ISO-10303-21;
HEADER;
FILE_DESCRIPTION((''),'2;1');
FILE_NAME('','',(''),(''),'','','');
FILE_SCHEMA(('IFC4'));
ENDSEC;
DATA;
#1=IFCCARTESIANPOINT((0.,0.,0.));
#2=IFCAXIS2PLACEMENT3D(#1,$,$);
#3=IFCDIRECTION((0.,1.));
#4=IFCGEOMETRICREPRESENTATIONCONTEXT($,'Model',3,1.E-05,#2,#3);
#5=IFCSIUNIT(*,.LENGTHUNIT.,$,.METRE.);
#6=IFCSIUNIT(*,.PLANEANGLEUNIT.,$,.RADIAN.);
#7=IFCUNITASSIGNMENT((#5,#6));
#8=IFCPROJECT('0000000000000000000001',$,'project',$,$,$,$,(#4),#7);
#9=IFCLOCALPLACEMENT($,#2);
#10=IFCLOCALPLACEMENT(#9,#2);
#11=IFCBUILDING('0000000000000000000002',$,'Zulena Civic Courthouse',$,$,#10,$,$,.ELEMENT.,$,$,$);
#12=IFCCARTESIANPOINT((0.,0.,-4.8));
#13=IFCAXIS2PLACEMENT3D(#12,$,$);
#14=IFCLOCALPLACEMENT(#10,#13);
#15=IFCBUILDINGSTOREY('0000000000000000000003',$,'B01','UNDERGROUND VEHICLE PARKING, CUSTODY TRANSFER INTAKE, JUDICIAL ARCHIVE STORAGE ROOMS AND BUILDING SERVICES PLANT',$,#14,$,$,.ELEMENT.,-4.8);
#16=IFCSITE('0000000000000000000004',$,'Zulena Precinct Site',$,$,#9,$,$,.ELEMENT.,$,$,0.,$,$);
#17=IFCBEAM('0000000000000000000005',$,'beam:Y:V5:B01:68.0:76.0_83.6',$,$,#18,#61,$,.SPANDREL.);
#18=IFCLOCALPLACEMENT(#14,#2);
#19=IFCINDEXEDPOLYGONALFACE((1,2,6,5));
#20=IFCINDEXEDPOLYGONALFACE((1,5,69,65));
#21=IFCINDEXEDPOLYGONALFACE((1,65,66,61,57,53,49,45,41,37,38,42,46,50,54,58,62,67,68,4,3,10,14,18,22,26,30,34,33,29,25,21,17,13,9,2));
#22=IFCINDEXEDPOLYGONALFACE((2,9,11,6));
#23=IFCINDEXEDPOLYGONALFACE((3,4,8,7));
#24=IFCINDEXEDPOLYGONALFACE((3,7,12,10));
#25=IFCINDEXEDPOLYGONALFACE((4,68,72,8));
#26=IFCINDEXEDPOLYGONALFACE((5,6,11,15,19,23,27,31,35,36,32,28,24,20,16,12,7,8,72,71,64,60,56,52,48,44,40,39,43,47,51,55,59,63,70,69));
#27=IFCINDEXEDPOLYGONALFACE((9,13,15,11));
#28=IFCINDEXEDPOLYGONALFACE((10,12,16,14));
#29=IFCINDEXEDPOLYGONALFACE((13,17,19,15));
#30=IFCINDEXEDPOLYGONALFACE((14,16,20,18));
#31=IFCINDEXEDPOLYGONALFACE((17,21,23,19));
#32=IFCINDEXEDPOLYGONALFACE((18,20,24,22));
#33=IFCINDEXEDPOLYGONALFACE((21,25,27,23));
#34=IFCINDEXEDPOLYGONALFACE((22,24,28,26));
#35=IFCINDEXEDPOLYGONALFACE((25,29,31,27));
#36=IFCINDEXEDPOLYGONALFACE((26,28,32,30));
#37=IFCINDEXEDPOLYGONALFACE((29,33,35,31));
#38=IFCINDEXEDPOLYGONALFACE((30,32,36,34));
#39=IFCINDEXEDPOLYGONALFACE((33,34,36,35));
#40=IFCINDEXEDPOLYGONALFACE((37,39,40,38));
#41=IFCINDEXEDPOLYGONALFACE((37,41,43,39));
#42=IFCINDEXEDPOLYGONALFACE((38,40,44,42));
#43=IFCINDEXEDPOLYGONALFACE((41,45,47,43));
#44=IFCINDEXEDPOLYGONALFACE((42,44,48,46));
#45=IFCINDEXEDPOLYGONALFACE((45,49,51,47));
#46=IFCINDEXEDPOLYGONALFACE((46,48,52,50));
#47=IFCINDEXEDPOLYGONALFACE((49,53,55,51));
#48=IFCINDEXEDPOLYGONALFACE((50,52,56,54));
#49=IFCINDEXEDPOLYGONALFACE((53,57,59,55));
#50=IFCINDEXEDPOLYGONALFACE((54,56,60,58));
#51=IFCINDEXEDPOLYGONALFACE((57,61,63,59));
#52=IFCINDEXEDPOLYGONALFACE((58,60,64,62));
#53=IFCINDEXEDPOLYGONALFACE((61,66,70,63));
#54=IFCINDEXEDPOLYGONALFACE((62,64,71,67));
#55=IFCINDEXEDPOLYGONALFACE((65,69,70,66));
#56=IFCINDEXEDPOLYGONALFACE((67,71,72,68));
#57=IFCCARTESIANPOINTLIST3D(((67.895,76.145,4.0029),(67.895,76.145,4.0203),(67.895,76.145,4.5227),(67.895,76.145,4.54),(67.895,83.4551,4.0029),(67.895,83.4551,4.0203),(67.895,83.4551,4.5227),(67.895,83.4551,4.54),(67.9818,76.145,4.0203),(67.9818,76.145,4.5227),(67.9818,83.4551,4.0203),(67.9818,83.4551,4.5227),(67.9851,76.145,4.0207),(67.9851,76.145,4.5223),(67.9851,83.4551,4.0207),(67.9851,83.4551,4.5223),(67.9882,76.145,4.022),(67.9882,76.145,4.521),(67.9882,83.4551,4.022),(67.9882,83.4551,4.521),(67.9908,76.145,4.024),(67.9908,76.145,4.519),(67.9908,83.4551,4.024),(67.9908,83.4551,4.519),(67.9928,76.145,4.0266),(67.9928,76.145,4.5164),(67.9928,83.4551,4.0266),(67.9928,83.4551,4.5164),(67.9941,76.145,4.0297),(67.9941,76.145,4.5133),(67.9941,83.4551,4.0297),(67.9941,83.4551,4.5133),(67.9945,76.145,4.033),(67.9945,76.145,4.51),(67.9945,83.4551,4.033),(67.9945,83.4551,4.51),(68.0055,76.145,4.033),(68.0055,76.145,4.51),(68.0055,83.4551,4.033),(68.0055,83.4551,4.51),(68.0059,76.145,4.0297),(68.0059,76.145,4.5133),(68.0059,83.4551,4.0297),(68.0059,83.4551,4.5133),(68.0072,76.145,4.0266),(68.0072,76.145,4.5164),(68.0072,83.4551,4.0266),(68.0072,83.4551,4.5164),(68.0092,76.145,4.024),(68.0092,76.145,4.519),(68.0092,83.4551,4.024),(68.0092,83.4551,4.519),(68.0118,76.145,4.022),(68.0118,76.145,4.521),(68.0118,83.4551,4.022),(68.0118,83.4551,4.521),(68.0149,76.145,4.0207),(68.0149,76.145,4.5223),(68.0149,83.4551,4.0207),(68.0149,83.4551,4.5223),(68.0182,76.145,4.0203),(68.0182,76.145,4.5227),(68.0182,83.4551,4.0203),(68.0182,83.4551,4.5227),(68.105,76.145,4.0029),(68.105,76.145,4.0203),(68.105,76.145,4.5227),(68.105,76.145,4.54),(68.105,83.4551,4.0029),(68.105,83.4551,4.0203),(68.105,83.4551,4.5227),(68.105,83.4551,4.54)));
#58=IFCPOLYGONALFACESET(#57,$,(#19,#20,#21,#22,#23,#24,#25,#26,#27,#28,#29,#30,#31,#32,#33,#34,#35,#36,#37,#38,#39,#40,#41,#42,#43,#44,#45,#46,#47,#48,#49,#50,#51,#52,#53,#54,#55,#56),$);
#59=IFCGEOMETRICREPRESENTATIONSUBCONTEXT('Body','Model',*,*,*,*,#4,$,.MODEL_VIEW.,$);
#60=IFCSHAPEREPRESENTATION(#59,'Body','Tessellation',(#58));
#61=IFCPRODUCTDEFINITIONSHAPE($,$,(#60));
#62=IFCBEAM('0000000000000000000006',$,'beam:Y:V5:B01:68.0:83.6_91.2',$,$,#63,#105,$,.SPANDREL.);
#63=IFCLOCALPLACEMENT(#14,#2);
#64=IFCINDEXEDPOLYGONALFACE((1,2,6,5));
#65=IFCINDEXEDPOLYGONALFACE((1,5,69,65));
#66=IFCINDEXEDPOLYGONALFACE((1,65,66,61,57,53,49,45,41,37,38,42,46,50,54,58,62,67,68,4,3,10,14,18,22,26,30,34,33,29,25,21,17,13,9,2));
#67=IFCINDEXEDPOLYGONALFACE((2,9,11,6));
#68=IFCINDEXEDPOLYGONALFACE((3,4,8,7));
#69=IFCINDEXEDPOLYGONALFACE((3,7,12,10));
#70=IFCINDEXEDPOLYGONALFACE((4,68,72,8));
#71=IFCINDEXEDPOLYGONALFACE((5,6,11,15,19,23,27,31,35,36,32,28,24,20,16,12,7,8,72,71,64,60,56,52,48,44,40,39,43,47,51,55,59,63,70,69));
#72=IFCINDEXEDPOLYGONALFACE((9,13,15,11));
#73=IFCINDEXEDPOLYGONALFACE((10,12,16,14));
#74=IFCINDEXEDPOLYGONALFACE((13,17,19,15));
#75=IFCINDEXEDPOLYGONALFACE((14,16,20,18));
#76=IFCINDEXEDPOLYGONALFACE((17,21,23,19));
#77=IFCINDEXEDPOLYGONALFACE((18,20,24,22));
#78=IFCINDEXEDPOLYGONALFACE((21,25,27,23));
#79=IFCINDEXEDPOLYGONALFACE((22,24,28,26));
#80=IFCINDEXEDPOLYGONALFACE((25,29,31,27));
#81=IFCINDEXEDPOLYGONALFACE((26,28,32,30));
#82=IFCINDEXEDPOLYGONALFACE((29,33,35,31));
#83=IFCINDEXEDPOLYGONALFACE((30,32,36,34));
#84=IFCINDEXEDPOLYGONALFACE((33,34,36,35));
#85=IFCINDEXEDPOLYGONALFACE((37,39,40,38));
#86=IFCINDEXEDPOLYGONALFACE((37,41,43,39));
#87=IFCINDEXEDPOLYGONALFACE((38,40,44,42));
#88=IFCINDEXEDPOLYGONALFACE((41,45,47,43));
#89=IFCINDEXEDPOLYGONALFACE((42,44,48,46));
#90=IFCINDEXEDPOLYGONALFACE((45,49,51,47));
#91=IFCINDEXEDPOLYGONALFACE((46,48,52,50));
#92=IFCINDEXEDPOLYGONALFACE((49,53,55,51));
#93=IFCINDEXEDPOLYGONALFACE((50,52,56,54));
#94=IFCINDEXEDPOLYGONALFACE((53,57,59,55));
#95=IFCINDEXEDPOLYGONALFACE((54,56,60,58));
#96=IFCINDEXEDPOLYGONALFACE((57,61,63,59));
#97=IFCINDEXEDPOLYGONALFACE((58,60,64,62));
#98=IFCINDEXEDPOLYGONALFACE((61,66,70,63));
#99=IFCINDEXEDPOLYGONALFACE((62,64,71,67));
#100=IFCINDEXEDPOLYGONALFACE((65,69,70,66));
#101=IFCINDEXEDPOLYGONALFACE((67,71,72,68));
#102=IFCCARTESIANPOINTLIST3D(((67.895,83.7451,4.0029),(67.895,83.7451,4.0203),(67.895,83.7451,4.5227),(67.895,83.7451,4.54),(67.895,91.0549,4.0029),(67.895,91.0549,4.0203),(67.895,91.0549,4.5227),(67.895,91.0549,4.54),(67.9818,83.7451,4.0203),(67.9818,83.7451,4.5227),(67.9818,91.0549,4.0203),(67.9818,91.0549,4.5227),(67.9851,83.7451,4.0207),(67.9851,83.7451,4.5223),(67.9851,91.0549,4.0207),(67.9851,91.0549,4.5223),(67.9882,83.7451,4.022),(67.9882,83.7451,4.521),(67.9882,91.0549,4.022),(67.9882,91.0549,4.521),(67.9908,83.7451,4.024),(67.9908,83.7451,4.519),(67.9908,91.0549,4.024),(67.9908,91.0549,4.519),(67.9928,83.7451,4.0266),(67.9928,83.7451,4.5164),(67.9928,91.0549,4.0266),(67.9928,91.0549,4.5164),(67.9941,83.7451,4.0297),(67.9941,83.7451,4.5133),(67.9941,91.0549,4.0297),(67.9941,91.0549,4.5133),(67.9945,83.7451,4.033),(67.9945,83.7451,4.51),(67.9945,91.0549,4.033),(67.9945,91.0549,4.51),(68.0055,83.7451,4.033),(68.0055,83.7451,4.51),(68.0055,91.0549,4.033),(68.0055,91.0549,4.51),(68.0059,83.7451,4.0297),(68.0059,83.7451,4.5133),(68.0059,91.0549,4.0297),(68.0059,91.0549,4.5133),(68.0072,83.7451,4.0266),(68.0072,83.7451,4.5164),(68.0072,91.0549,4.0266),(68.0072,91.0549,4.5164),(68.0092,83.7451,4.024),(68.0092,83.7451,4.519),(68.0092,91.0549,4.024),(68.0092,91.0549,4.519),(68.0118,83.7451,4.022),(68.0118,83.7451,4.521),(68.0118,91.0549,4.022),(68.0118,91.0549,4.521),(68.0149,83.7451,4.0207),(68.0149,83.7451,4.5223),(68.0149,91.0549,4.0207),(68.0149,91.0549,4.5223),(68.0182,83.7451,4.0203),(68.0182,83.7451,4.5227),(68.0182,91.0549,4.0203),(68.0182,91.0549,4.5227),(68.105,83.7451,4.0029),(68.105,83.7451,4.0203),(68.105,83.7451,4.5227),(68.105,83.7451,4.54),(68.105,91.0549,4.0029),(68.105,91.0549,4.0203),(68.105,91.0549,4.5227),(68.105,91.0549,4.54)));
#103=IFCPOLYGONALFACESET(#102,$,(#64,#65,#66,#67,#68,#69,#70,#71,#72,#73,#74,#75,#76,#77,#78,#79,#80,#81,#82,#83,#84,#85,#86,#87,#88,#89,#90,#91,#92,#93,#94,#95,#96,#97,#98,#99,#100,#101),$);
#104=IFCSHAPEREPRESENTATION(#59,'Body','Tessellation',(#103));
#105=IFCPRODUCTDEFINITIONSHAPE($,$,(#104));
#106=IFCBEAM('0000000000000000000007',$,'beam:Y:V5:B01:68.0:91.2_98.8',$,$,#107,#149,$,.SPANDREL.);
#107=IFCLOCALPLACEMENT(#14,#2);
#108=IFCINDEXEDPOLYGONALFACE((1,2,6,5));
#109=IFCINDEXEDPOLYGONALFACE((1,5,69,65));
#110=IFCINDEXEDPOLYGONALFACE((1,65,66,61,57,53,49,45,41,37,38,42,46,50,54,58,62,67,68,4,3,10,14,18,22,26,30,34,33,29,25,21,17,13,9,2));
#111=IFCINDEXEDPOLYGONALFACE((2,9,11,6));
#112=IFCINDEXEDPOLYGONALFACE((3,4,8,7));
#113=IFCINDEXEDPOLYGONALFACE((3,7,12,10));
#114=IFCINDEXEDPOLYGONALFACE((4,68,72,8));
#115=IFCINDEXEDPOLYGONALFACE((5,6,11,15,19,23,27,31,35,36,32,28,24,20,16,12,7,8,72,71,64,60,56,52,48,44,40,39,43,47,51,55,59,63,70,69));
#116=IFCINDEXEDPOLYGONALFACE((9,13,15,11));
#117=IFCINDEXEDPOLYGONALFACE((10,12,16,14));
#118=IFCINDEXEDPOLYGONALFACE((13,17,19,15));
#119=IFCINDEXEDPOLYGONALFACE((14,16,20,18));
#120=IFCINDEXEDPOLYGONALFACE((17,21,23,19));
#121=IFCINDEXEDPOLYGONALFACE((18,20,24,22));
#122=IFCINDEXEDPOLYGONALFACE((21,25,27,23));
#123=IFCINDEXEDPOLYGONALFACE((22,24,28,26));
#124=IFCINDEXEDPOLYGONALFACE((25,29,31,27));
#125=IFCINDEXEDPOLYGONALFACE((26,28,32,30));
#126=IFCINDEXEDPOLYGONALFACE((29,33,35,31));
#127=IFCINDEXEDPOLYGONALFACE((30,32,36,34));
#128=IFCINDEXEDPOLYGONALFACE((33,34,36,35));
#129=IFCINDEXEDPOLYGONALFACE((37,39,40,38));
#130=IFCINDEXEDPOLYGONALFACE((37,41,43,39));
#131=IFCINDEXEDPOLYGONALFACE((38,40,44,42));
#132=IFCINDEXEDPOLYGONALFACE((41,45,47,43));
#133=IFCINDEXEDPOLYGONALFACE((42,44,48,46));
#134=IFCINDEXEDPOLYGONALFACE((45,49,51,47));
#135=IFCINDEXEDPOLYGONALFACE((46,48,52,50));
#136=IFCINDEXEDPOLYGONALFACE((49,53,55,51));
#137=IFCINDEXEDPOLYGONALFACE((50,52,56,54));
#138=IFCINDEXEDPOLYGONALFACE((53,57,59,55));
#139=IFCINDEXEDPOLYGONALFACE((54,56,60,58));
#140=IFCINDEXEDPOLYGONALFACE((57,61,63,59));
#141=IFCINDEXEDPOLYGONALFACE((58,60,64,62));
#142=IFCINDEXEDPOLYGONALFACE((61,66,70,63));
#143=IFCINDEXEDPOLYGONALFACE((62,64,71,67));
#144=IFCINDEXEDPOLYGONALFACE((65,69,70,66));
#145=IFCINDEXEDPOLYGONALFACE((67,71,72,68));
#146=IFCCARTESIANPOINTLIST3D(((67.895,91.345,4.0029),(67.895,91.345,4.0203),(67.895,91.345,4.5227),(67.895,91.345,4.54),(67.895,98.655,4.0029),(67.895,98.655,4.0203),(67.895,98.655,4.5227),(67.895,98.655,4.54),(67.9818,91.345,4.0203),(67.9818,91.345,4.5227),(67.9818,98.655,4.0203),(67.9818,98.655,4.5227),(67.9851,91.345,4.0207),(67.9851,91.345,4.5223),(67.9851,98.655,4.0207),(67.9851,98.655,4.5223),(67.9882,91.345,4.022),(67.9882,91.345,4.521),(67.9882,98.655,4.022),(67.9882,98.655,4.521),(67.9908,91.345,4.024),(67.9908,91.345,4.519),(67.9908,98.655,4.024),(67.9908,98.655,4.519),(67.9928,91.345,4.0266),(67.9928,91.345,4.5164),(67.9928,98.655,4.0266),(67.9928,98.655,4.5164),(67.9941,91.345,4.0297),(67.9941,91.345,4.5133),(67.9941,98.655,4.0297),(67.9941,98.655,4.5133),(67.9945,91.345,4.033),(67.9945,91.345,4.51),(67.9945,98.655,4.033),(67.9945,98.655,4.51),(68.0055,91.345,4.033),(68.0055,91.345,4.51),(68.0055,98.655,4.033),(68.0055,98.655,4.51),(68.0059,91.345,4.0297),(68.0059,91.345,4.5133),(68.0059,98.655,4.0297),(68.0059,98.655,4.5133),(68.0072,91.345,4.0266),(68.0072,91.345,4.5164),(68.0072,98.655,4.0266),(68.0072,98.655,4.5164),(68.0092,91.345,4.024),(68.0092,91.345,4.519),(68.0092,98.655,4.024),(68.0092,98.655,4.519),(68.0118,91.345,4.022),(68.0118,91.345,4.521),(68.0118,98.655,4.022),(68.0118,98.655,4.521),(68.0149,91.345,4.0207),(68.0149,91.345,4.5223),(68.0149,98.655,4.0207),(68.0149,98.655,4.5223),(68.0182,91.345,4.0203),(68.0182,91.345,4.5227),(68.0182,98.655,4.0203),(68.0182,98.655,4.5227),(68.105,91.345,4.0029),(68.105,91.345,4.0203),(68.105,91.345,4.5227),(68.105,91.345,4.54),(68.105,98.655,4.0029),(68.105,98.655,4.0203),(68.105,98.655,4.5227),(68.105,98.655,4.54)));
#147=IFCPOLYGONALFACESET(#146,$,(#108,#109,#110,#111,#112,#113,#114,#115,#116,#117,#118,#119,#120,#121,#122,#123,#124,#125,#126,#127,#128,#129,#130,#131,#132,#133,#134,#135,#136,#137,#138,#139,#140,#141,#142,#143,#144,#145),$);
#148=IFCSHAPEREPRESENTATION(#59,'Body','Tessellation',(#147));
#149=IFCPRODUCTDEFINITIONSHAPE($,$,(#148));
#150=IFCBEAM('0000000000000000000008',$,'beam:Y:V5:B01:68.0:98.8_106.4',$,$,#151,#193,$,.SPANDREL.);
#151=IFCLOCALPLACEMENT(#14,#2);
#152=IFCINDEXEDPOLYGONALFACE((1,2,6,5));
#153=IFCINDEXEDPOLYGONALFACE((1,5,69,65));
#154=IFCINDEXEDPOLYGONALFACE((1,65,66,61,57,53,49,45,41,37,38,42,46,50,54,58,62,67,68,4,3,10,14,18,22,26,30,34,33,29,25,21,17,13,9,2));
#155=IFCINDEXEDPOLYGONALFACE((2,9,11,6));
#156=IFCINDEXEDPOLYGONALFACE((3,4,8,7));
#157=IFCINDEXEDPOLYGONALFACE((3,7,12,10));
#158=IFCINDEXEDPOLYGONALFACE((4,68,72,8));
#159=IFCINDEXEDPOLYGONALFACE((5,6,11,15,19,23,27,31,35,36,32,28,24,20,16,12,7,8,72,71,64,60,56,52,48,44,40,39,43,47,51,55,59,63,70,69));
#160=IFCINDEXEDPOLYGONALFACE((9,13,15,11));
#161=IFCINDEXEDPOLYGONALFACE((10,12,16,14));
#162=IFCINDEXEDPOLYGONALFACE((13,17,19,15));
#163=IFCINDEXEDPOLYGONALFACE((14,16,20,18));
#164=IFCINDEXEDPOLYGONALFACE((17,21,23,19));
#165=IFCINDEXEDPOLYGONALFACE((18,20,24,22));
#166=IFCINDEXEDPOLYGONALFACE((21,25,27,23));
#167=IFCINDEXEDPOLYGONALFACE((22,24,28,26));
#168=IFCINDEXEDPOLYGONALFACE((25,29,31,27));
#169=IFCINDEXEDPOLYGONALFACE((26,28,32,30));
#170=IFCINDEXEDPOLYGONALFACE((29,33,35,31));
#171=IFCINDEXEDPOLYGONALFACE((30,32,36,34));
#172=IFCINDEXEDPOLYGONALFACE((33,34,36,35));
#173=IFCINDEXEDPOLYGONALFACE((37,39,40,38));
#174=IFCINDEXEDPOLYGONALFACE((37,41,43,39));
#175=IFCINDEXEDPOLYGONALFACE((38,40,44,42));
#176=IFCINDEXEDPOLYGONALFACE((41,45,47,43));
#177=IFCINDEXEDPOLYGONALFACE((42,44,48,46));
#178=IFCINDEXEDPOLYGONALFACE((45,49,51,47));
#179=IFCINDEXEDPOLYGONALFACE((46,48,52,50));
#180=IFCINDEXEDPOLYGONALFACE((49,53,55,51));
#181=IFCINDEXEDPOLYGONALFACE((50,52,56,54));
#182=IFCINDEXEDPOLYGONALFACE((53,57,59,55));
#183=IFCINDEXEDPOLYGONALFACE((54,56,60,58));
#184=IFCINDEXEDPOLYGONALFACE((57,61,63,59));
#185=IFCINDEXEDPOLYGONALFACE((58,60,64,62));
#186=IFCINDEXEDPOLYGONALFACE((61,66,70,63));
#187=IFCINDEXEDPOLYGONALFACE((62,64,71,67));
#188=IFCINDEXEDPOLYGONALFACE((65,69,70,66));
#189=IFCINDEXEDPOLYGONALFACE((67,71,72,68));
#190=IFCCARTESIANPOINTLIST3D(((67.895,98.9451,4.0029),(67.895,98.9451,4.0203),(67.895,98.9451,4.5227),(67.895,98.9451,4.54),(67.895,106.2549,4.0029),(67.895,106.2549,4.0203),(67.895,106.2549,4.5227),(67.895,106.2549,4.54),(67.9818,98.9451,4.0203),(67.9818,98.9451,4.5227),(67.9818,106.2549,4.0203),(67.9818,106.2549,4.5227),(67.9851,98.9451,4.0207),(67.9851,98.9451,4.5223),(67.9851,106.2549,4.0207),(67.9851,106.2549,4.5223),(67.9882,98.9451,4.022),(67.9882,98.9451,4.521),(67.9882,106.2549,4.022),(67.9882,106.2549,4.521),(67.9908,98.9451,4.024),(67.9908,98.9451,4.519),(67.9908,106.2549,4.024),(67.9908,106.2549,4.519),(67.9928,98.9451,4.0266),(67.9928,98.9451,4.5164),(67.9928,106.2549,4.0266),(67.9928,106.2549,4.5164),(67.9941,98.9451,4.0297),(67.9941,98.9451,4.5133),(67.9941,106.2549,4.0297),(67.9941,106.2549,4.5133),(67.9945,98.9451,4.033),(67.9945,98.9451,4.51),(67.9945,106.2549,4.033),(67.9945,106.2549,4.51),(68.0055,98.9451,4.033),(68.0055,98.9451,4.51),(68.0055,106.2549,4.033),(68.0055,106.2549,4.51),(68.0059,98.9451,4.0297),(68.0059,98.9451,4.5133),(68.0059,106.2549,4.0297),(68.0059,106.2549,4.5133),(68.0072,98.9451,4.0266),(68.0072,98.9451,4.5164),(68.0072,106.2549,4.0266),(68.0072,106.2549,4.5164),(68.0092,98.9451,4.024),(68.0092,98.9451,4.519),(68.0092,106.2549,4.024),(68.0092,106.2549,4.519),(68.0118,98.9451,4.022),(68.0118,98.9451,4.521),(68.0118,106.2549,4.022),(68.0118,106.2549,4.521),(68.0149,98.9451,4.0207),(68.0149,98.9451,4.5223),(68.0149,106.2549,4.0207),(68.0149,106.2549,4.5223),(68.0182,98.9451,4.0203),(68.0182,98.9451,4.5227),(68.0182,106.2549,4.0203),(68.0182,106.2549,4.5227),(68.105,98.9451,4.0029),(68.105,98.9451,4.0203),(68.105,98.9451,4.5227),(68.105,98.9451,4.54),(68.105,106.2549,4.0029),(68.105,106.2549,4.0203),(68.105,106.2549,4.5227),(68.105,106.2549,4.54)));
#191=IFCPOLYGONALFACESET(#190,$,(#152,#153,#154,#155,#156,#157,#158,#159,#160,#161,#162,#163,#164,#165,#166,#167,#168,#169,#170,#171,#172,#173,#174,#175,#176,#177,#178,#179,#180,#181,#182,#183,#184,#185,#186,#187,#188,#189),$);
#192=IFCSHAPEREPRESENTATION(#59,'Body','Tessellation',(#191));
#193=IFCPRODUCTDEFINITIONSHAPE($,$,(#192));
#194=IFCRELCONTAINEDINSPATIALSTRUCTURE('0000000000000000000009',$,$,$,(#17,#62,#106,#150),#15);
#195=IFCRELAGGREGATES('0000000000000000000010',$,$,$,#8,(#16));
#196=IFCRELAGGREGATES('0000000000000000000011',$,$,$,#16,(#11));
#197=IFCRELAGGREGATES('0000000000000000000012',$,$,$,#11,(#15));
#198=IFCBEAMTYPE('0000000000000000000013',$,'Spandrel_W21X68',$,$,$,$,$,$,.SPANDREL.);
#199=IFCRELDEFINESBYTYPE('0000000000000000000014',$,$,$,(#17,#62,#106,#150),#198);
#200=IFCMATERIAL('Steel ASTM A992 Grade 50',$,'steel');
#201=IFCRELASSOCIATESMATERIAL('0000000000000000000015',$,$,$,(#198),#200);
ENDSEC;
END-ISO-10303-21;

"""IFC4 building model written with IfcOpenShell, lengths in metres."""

from ifc_helpers import new_model, si_unit, direction, frame, origin, origin_2d, place, context, subcontext, project, spatial, i_section, extrude, material, material_profile, profile_set, type_object, element, save


model = new_model("IFC4")

# Units and contexts
model_context = context("Model", 3, precision=1e-05, world=origin(), true_north=direction((0.0, 1.0)))
body_context = subcontext(model_context, "Body", "Model", "MODEL_VIEW")
ifc_project = project(units=[si_unit("LENGTHUNIT", "METRE"), si_unit("PLANEANGLEUNIT", "RADIAN")], contexts=[model_context])

# Site, building, storey
site_placement = place(None, origin())
site = spatial("IfcSite", under=ifc_project, at=site_placement, Name="Zulena Precinct Site", CompositionType="ELEMENT", RefElevation=0.0)
building_placement = place(site_placement, origin())
building = spatial("IfcBuilding", under=site, at=building_placement, Name="Zulena Civic Courthouse", CompositionType="ELEMENT")
storey_placement = place(building_placement, frame((0.0, 0.0, -4.8)))
storey = spatial("IfcBuildingStorey", under=building, at=storey_placement, Name="B01", Description="UNDERGROUND VEHICLE PARKING, CUSTODY TRANSFER INTAKE, JUDICIAL ARCHIVE STORAGE ROOMS AND BUILDING SERVICES PLANT", CompositionType="ELEMENT", Elevation=-4.8)

# Shared definitions
ifc_material_1 = material(Name="Steel ASTM A992 Grade 50", Category="steel")

# Beams
ifc_material_profile_1 = material_profile(ifc_material_1, i_section(OverallWidth=0.21, OverallDepth=0.5371, WebThickness=0.011, FlangeThickness=0.0173, FilletRadius=0.0127, at=origin_2d()), Name="W21X68")
ifc_profile_set_1 = profile_set([ifc_material_profile_1], Name="Steel ASTM A992 Grade 50")
beam_type_1 = type_object("IfcBeamType", Name="Spandrel_W21X68", PredefinedType="SPANDREL", material=ifc_profile_set_1)
beam_1_placement = place(storey_placement, frame((68.0, 76.145, 4.2715), z_axis=(0.0, 1.0, 0.0), x_axis=(-1.0, 0.0, 0.0)))
element("IfcBeam", 1, at=beam_1_placement, inside=storey, type_object=beam_type_1, Name="beam:Y:V5:B01:68.0:76.0_83.6", PredefinedType="SPANDREL", context=body_context, shape_type="SweptSolid", body=[
    extrude(i_section(OverallWidth=0.21, OverallDepth=0.5371, WebThickness=0.011, FlangeThickness=0.0173, FilletRadius=0.0127, at=origin_2d()), origin(), (0.0, 0.0, 1.0), 7.3101),
])
beam_2_placement = place(storey_placement, frame((68.0, 83.7451, 4.2715), z_axis=(0.0, 1.0, 0.0), x_axis=(-1.0, 0.0, 0.0)))
element("IfcBeam", 2, at=beam_2_placement, inside=storey, type_object=beam_type_1, Name="beam:Y:V5:B01:68.0:83.6_91.2", PredefinedType="SPANDREL", context=body_context, shape_type="SweptSolid", body=[
    extrude(i_section(OverallWidth=0.21, OverallDepth=0.5371, WebThickness=0.011, FlangeThickness=0.0173, FilletRadius=0.0127, at=origin_2d()), origin(), (0.0, 0.0, 1.0), 7.3098),
])
beam_3_placement = place(storey_placement, frame((68.0, 91.345, 4.2715), z_axis=(0.0, 1.0, 0.0), x_axis=(-1.0, 0.0, 0.0)))
element("IfcBeam", 3, at=beam_3_placement, inside=storey, type_object=beam_type_1, Name="beam:Y:V5:B01:68.0:91.2_98.8", PredefinedType="SPANDREL", context=body_context, shape_type="SweptSolid", body=[
    extrude(i_section(OverallWidth=0.21, OverallDepth=0.5371, WebThickness=0.011, FlangeThickness=0.0173, FilletRadius=0.0127, at=origin_2d()), origin(), (0.0, 0.0, 1.0), 7.3101),
])
beam_4_placement = place(storey_placement, frame((68.0, 98.9451, 4.2715), z_axis=(0.0, 1.0, 0.0), x_axis=(-1.0, 0.0, 0.0)))
element("IfcBeam", 4, at=beam_4_placement, inside=storey, type_object=beam_type_1, Name="beam:Y:V5:B01:68.0:98.8_106.4", PredefinedType="SPANDREL", context=body_context, shape_type="SweptSolid", body=[
    extrude(i_section(OverallWidth=0.21, OverallDepth=0.5371, WebThickness=0.011, FlangeThickness=0.0173, FilletRadius=0.0127, at=origin_2d()), origin(), (0.0, 0.0, 1.0), 7.3098),
])

save(model, "model.ifc")
